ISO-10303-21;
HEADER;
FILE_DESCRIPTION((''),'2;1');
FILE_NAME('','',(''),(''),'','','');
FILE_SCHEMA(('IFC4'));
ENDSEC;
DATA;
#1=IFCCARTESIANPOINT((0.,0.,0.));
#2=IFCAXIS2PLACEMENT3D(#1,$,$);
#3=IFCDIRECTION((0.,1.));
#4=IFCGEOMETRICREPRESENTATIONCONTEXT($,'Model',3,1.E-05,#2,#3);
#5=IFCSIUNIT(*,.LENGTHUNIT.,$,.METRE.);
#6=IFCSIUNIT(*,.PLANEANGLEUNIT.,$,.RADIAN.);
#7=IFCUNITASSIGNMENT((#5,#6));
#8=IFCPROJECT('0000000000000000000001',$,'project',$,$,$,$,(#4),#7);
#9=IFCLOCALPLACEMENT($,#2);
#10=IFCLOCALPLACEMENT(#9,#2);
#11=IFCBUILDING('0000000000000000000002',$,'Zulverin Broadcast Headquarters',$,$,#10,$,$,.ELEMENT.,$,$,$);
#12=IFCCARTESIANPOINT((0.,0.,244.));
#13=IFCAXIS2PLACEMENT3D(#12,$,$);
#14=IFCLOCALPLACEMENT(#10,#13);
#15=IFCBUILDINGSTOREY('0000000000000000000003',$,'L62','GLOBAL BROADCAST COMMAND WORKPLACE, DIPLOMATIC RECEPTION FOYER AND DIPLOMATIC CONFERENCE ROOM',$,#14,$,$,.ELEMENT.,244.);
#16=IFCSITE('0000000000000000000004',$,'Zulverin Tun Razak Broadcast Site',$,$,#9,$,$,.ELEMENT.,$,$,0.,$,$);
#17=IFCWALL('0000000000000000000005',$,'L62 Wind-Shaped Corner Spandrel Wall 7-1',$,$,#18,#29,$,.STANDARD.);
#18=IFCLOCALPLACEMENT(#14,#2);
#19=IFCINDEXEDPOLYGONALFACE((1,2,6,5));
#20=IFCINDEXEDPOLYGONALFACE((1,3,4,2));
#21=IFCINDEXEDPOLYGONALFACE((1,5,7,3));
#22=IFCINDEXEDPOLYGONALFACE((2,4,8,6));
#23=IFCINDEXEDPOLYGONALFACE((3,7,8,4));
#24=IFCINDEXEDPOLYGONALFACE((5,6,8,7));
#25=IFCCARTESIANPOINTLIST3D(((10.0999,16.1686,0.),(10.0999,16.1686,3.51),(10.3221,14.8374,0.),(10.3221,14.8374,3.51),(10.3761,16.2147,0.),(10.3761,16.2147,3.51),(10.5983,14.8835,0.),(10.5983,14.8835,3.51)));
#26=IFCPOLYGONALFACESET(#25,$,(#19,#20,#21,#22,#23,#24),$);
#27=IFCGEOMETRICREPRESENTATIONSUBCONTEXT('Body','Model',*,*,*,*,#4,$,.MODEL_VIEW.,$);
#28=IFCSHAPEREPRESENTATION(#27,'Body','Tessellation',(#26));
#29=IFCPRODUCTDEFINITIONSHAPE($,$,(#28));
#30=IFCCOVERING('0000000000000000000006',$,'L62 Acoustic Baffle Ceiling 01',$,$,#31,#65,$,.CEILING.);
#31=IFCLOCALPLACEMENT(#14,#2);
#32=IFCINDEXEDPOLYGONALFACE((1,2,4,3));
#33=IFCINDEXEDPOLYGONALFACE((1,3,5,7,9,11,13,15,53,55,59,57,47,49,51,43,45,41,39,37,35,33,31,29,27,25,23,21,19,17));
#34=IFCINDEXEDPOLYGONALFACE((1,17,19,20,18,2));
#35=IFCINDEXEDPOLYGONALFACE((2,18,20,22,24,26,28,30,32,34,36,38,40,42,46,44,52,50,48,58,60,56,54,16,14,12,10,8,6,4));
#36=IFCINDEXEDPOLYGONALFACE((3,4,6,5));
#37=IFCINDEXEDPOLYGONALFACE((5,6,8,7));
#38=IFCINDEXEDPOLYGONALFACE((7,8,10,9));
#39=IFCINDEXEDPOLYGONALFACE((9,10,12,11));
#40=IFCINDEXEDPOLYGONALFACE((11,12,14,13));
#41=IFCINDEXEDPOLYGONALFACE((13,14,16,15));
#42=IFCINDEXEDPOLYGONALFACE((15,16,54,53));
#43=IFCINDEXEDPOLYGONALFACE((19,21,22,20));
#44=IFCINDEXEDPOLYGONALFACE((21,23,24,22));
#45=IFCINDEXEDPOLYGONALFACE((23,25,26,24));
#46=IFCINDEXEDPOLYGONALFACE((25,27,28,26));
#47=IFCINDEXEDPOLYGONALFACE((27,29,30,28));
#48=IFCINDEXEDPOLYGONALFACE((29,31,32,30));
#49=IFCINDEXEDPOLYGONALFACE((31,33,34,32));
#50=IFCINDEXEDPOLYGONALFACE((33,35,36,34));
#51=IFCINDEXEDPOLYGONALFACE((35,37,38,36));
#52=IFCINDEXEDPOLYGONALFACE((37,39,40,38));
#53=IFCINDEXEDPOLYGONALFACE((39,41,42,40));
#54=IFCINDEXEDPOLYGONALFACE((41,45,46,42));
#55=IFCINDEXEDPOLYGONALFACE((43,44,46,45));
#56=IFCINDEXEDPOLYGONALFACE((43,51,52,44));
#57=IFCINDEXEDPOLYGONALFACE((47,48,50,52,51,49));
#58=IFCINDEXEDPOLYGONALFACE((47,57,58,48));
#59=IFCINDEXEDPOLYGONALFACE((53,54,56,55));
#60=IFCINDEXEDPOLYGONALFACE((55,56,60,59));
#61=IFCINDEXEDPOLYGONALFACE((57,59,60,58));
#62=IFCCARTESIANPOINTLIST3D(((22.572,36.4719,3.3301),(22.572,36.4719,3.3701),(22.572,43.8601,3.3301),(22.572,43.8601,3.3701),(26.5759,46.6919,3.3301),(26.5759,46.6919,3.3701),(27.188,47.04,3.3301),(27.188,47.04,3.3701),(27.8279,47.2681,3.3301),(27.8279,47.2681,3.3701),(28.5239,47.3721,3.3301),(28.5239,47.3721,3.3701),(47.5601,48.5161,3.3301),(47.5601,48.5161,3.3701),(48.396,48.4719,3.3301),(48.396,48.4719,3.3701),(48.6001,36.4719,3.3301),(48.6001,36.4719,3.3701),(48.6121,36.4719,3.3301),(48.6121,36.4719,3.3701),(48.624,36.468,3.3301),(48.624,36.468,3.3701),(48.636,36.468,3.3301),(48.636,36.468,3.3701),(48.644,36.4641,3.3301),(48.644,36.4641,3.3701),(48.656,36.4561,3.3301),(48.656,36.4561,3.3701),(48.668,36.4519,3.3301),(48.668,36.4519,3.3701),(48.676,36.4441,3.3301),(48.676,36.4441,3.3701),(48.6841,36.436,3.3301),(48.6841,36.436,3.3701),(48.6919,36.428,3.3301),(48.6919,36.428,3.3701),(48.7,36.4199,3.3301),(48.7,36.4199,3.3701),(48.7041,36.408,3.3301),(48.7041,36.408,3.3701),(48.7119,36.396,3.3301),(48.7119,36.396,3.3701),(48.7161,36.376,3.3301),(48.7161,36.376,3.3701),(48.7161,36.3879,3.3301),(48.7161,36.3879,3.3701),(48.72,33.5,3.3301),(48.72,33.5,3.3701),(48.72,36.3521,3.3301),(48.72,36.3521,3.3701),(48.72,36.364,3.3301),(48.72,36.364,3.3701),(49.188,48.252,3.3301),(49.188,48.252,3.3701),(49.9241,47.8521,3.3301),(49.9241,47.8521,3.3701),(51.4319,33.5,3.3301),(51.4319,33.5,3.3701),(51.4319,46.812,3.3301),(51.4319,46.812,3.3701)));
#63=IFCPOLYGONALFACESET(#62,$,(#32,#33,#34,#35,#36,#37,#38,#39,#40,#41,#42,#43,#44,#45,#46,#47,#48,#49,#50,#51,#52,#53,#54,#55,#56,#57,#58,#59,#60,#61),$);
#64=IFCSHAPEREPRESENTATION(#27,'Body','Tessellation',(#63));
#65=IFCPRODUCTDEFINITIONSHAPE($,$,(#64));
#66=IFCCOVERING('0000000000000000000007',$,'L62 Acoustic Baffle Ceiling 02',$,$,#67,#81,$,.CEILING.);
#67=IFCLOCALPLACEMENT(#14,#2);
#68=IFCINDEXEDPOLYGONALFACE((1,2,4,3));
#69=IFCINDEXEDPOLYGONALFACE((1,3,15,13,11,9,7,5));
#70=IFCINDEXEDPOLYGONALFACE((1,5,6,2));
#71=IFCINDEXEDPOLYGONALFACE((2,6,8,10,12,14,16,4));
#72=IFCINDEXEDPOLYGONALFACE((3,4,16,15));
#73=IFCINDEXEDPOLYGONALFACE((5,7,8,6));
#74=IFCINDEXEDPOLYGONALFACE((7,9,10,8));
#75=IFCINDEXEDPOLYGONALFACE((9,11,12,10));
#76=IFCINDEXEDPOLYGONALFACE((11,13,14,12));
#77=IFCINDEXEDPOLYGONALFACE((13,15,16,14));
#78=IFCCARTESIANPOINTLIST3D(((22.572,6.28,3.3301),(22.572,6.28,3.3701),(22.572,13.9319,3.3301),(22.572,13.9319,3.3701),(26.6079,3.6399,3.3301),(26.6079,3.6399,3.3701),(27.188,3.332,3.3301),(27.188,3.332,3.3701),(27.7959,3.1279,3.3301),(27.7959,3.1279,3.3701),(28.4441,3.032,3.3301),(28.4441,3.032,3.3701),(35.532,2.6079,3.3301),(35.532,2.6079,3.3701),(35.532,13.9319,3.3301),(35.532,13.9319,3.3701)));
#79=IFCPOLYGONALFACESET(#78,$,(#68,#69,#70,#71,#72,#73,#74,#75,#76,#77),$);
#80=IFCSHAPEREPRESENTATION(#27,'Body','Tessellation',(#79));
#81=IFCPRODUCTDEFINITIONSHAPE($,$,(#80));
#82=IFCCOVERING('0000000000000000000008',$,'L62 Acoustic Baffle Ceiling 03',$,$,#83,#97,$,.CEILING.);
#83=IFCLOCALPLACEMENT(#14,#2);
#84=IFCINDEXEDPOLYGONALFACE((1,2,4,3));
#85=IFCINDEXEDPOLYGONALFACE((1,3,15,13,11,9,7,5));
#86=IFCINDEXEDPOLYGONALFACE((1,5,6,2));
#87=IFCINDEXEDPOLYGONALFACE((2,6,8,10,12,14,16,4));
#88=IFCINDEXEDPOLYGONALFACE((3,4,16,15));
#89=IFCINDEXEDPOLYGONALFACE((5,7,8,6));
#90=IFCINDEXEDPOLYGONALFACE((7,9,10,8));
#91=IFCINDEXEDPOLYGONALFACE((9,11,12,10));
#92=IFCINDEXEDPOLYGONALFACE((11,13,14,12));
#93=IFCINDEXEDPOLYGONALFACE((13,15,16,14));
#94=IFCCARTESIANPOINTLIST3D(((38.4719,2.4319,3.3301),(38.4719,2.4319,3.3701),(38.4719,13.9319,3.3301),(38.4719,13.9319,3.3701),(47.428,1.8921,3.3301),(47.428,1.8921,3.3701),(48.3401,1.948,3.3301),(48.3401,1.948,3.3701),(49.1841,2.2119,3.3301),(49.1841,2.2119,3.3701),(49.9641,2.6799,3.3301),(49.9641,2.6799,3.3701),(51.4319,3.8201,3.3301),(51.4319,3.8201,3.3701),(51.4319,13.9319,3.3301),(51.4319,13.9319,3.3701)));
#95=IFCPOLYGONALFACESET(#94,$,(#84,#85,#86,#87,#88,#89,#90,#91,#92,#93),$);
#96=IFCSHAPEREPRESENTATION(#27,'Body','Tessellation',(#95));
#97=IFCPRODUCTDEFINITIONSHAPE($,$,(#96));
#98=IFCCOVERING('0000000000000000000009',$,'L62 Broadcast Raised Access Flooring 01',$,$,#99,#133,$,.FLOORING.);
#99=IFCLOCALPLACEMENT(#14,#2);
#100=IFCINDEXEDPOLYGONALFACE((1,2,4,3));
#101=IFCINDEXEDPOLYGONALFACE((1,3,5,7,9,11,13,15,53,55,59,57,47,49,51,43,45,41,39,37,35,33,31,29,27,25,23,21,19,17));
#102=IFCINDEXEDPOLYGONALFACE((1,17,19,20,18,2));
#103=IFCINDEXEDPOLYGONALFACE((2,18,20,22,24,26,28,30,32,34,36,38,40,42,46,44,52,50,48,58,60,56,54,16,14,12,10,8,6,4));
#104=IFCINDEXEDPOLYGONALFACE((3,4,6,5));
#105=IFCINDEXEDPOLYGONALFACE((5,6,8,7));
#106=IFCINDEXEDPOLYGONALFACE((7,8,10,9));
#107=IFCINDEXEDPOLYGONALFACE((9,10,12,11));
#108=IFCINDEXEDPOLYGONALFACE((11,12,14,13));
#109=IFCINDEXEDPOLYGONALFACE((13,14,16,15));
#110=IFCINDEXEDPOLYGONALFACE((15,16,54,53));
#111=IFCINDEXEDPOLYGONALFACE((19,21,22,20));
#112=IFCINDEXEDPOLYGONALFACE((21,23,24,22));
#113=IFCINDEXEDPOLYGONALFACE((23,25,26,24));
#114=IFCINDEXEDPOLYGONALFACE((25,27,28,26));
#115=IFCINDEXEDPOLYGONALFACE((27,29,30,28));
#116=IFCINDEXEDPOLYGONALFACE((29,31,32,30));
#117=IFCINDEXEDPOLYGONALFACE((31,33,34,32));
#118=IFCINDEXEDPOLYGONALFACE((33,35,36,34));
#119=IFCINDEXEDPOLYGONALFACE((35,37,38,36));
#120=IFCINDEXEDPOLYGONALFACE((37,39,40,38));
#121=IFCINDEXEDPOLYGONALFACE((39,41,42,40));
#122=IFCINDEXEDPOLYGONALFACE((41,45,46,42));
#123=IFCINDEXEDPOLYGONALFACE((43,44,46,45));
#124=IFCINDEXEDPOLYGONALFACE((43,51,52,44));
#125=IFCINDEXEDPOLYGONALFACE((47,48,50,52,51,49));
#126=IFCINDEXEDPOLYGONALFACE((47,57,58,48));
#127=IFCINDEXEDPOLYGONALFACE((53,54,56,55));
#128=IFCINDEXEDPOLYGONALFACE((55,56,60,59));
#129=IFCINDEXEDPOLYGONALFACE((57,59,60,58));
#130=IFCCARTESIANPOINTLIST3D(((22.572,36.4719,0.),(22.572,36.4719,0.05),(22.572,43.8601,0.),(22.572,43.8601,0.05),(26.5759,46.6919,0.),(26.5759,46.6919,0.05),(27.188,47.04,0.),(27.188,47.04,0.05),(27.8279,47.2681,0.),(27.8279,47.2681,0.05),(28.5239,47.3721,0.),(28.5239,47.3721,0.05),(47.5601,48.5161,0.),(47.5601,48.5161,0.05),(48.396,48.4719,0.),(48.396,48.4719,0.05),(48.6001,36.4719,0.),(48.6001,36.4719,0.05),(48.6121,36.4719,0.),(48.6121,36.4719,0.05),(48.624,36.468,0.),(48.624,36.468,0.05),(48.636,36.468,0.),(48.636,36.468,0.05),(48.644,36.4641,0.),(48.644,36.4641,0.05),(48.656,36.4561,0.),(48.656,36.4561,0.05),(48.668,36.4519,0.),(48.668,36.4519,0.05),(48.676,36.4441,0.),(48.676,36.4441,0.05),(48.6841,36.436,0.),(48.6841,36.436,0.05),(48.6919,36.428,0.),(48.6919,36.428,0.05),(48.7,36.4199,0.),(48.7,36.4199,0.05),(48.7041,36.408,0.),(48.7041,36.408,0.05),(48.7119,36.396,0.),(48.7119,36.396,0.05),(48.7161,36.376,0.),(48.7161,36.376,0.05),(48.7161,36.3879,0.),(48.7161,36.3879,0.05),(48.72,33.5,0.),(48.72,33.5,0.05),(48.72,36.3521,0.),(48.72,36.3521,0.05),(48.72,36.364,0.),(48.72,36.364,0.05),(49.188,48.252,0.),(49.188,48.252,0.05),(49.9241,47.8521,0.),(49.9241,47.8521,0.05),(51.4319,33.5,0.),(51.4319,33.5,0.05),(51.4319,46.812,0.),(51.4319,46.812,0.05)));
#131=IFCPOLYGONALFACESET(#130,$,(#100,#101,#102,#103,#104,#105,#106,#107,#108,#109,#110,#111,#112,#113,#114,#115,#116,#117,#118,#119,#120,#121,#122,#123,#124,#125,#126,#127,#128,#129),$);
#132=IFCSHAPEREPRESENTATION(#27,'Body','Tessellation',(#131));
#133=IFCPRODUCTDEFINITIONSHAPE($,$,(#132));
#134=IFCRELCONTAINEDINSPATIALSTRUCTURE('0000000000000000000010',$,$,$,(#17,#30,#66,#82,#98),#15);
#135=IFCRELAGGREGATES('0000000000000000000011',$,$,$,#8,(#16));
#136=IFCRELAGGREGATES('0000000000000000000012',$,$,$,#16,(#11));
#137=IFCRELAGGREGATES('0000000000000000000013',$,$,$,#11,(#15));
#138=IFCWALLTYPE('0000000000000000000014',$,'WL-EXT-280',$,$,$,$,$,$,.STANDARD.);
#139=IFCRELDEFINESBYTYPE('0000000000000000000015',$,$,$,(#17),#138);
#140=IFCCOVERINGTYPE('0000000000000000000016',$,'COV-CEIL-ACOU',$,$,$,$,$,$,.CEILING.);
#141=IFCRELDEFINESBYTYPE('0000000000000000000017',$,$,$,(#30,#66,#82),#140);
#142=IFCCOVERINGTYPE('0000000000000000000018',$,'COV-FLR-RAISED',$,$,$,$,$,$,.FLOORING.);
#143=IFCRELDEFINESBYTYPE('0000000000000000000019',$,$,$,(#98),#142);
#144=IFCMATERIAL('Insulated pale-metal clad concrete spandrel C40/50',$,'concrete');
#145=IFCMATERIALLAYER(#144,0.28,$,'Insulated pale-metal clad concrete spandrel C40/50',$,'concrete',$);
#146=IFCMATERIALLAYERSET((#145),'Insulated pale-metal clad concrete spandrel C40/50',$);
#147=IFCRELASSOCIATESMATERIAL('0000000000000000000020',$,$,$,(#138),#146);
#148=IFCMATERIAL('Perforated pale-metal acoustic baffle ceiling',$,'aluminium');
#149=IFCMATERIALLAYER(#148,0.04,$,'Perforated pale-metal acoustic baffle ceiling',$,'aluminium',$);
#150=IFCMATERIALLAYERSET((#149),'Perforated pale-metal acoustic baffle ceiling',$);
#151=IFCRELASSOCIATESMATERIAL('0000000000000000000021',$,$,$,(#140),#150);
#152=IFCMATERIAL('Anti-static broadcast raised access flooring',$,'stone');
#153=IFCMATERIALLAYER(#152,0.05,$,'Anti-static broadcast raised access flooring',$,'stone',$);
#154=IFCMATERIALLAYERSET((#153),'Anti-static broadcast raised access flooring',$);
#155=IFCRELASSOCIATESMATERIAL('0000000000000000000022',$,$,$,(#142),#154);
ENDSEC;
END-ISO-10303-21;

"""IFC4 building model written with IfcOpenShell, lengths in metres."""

from ifc_helpers import new_model, si_unit, direction, frame, frame_2d, origin, place, context, subcontext, project, spatial, polyline, rectangle, outline, extrude, material, layer, layer_set, type_object, element, save


model = new_model("IFC4")

# Units and contexts
model_context = context("Model", 3, precision=1e-05, world=origin(), true_north=direction((0.0, 1.0)))
body_context = subcontext(model_context, "Body", "Model", "MODEL_VIEW")
ifc_project = project(units=[si_unit("LENGTHUNIT", "METRE"), si_unit("PLANEANGLEUNIT", "RADIAN")], contexts=[model_context])

# Site, building, storey
site_placement = place(None, origin())
site = spatial("IfcSite", under=ifc_project, at=site_placement, Name="Zulverin Tun Razak Broadcast Site", CompositionType="ELEMENT", RefElevation=0.0)
building_placement = place(site_placement, origin())
building = spatial("IfcBuilding", under=site, at=building_placement, Name="Zulverin Broadcast Headquarters", CompositionType="ELEMENT")
storey_placement = place(building_placement, frame((0.0, 0.0, 244.0)))
storey = spatial("IfcBuildingStorey", under=building, at=storey_placement, Name="L62", Description="GLOBAL BROADCAST COMMAND WORKPLACE, DIPLOMATIC RECEPTION FOYER AND DIPLOMATIC CONFERENCE ROOM", CompositionType="ELEMENT", Elevation=244.0)

# Wall
ifc_material_1 = material(Name="Insulated pale-metal clad concrete spandrel C40/50", Category="concrete")
ifc_layer_1 = layer(ifc_material_1, 0.28, Name="Insulated pale-metal clad concrete spandrel C40/50", Category="concrete")
ifc_layer_set_1 = layer_set([ifc_layer_1], Name="Insulated pale-metal clad concrete spandrel C40/50")
wall_type_1 = type_object("IfcWallType", Name="WL-EXT-280", PredefinedType="STANDARD", material=ifc_layer_set_1)
wall_1_placement = place(storey_placement, frame((10.238, 16.1917, 0.0), z_axis=(0.0, 0.0, 1.0), x_axis=(0.164604, -0.98636, 0.0)))
element("IfcWall", 1, at=wall_1_placement, inside=storey, type_object=wall_type_1, Name="L62 Wind-Shaped Corner Spandrel Wall 7-1", PredefinedType="STANDARD", context=body_context, shape_type="SweptSolid", body=[
    extrude(rectangle(XDim=1.3496, YDim=0.28, at=frame_2d((0.6748, 0.0))), origin(), (0.0, 0.0, 1.0), 3.51),
])

# Coverings
ifc_material_2 = material(Name="Perforated pale-metal acoustic baffle ceiling", Category="aluminium")
ifc_layer_2 = layer(ifc_material_2, 0.04, Name="Perforated pale-metal acoustic baffle ceiling", Category="aluminium")
ifc_layer_set_2 = layer_set([ifc_layer_2], Name="Perforated pale-metal acoustic baffle ceiling")
covering_type_1 = type_object("IfcCoveringType", Name="COV-CEIL-ACOU", PredefinedType="CEILING", material=ifc_layer_set_2)
covering_1_placement = place(storey_placement, frame((0.0, 0.0, 3.3301)))
element("IfcCovering", 2, at=covering_1_placement, inside=storey, type_object=covering_type_1, Name="L62 Acoustic Baffle Ceiling 01", PredefinedType="CEILING", context=body_context, shape_type="SweptSolid", body=[
    extrude(outline(polyline([(48.396, 48.4719), (47.5601, 48.5161), (28.5239, 47.3721), (27.8279, 47.2681), (27.188, 47.04), (26.5759, 46.6919), (22.572, 43.8601), (22.572, 36.4719), (48.6001, 36.4719), (48.6121, 36.4719), (48.624, 36.468), (48.636, 36.468), (48.644, 36.4641), (48.656, 36.4561), (48.668, 36.4519), (48.676, 36.4441), (48.6841, 36.436), (48.6919, 36.428), (48.7, 36.4199), (48.7041, 36.408), (48.7119, 36.396), (48.7161, 36.3879), (48.7161, 36.376), (48.72, 36.364), (48.72, 36.3521), (48.72, 33.5), (51.4319, 33.5), (51.4319, 46.812), (49.9241, 47.8521), (49.188, 48.252), (48.396, 48.4719)])), origin(), (0.0, 0.0, 1.0), 0.04),
])
covering_2_placement = place(storey_placement, frame((0.0, 0.0, 3.3301)))
element("IfcCovering", 3, at=covering_2_placement, inside=storey, type_object=covering_type_1, Name="L62 Acoustic Baffle Ceiling 02", PredefinedType="CEILING", context=body_context, shape_type="SweptSolid", body=[
    extrude(outline(polyline([(27.188, 3.332), (27.7959, 3.1279), (28.4441, 3.032), (35.532, 2.6079), (35.532, 13.9319), (22.572, 13.9319), (22.572, 6.28), (26.6079, 3.6399), (27.188, 3.332)])), origin(), (0.0, 0.0, 1.0), 0.04),
])
covering_3_placement = place(storey_placement, frame((0.0, 0.0, 3.3301)))
element("IfcCovering", 4, at=covering_3_placement, inside=storey, type_object=covering_type_1, Name="L62 Acoustic Baffle Ceiling 03", PredefinedType="CEILING", context=body_context, shape_type="SweptSolid", body=[
    extrude(outline(polyline([(38.4719, 13.9319), (38.4719, 2.4319), (47.428, 1.8921), (48.3401, 1.948), (49.1841, 2.2119), (49.9641, 2.6799), (51.4319, 3.8201), (51.4319, 13.9319), (38.4719, 13.9319)])), origin(), (0.0, 0.0, 1.0), 0.04),
])
ifc_material_3 = material(Name="Anti-static broadcast raised access flooring", Category="stone")
ifc_layer_3 = layer(ifc_material_3, 0.05, Name="Anti-static broadcast raised access flooring", Category="stone")
ifc_layer_set_3 = layer_set([ifc_layer_3], Name="Anti-static broadcast raised access flooring")
covering_type_2 = type_object("IfcCoveringType", Name="COV-FLR-RAISED", PredefinedType="FLOORING", material=ifc_layer_set_3)
covering_4_placement = place(storey_placement, origin())
element("IfcCovering", 5, at=covering_4_placement, inside=storey, type_object=covering_type_2, Name="L62 Broadcast Raised Access Flooring 01", PredefinedType="FLOORING", context=body_context, shape_type="SweptSolid", body=[
    extrude(outline(polyline([(48.396, 48.4719), (47.5601, 48.5161), (28.5239, 47.3721), (27.8279, 47.2681), (27.188, 47.04), (26.5759, 46.6919), (22.572, 43.8601), (22.572, 36.4719), (48.6001, 36.4719), (48.6121, 36.4719), (48.624, 36.468), (48.636, 36.468), (48.644, 36.4641), (48.656, 36.4561), (48.668, 36.4519), (48.676, 36.4441), (48.6841, 36.436), (48.6919, 36.428), (48.7, 36.4199), (48.7041, 36.408), (48.7119, 36.396), (48.7161, 36.3879), (48.7161, 36.376), (48.72, 36.364), (48.72, 36.3521), (48.72, 33.5), (51.4319, 33.5), (51.4319, 46.812), (49.9241, 47.8521), (49.188, 48.252), (48.396, 48.4719)])), origin(), (0.0, 0.0, 1.0), 0.05),
])

save(model, "model.ifc")
